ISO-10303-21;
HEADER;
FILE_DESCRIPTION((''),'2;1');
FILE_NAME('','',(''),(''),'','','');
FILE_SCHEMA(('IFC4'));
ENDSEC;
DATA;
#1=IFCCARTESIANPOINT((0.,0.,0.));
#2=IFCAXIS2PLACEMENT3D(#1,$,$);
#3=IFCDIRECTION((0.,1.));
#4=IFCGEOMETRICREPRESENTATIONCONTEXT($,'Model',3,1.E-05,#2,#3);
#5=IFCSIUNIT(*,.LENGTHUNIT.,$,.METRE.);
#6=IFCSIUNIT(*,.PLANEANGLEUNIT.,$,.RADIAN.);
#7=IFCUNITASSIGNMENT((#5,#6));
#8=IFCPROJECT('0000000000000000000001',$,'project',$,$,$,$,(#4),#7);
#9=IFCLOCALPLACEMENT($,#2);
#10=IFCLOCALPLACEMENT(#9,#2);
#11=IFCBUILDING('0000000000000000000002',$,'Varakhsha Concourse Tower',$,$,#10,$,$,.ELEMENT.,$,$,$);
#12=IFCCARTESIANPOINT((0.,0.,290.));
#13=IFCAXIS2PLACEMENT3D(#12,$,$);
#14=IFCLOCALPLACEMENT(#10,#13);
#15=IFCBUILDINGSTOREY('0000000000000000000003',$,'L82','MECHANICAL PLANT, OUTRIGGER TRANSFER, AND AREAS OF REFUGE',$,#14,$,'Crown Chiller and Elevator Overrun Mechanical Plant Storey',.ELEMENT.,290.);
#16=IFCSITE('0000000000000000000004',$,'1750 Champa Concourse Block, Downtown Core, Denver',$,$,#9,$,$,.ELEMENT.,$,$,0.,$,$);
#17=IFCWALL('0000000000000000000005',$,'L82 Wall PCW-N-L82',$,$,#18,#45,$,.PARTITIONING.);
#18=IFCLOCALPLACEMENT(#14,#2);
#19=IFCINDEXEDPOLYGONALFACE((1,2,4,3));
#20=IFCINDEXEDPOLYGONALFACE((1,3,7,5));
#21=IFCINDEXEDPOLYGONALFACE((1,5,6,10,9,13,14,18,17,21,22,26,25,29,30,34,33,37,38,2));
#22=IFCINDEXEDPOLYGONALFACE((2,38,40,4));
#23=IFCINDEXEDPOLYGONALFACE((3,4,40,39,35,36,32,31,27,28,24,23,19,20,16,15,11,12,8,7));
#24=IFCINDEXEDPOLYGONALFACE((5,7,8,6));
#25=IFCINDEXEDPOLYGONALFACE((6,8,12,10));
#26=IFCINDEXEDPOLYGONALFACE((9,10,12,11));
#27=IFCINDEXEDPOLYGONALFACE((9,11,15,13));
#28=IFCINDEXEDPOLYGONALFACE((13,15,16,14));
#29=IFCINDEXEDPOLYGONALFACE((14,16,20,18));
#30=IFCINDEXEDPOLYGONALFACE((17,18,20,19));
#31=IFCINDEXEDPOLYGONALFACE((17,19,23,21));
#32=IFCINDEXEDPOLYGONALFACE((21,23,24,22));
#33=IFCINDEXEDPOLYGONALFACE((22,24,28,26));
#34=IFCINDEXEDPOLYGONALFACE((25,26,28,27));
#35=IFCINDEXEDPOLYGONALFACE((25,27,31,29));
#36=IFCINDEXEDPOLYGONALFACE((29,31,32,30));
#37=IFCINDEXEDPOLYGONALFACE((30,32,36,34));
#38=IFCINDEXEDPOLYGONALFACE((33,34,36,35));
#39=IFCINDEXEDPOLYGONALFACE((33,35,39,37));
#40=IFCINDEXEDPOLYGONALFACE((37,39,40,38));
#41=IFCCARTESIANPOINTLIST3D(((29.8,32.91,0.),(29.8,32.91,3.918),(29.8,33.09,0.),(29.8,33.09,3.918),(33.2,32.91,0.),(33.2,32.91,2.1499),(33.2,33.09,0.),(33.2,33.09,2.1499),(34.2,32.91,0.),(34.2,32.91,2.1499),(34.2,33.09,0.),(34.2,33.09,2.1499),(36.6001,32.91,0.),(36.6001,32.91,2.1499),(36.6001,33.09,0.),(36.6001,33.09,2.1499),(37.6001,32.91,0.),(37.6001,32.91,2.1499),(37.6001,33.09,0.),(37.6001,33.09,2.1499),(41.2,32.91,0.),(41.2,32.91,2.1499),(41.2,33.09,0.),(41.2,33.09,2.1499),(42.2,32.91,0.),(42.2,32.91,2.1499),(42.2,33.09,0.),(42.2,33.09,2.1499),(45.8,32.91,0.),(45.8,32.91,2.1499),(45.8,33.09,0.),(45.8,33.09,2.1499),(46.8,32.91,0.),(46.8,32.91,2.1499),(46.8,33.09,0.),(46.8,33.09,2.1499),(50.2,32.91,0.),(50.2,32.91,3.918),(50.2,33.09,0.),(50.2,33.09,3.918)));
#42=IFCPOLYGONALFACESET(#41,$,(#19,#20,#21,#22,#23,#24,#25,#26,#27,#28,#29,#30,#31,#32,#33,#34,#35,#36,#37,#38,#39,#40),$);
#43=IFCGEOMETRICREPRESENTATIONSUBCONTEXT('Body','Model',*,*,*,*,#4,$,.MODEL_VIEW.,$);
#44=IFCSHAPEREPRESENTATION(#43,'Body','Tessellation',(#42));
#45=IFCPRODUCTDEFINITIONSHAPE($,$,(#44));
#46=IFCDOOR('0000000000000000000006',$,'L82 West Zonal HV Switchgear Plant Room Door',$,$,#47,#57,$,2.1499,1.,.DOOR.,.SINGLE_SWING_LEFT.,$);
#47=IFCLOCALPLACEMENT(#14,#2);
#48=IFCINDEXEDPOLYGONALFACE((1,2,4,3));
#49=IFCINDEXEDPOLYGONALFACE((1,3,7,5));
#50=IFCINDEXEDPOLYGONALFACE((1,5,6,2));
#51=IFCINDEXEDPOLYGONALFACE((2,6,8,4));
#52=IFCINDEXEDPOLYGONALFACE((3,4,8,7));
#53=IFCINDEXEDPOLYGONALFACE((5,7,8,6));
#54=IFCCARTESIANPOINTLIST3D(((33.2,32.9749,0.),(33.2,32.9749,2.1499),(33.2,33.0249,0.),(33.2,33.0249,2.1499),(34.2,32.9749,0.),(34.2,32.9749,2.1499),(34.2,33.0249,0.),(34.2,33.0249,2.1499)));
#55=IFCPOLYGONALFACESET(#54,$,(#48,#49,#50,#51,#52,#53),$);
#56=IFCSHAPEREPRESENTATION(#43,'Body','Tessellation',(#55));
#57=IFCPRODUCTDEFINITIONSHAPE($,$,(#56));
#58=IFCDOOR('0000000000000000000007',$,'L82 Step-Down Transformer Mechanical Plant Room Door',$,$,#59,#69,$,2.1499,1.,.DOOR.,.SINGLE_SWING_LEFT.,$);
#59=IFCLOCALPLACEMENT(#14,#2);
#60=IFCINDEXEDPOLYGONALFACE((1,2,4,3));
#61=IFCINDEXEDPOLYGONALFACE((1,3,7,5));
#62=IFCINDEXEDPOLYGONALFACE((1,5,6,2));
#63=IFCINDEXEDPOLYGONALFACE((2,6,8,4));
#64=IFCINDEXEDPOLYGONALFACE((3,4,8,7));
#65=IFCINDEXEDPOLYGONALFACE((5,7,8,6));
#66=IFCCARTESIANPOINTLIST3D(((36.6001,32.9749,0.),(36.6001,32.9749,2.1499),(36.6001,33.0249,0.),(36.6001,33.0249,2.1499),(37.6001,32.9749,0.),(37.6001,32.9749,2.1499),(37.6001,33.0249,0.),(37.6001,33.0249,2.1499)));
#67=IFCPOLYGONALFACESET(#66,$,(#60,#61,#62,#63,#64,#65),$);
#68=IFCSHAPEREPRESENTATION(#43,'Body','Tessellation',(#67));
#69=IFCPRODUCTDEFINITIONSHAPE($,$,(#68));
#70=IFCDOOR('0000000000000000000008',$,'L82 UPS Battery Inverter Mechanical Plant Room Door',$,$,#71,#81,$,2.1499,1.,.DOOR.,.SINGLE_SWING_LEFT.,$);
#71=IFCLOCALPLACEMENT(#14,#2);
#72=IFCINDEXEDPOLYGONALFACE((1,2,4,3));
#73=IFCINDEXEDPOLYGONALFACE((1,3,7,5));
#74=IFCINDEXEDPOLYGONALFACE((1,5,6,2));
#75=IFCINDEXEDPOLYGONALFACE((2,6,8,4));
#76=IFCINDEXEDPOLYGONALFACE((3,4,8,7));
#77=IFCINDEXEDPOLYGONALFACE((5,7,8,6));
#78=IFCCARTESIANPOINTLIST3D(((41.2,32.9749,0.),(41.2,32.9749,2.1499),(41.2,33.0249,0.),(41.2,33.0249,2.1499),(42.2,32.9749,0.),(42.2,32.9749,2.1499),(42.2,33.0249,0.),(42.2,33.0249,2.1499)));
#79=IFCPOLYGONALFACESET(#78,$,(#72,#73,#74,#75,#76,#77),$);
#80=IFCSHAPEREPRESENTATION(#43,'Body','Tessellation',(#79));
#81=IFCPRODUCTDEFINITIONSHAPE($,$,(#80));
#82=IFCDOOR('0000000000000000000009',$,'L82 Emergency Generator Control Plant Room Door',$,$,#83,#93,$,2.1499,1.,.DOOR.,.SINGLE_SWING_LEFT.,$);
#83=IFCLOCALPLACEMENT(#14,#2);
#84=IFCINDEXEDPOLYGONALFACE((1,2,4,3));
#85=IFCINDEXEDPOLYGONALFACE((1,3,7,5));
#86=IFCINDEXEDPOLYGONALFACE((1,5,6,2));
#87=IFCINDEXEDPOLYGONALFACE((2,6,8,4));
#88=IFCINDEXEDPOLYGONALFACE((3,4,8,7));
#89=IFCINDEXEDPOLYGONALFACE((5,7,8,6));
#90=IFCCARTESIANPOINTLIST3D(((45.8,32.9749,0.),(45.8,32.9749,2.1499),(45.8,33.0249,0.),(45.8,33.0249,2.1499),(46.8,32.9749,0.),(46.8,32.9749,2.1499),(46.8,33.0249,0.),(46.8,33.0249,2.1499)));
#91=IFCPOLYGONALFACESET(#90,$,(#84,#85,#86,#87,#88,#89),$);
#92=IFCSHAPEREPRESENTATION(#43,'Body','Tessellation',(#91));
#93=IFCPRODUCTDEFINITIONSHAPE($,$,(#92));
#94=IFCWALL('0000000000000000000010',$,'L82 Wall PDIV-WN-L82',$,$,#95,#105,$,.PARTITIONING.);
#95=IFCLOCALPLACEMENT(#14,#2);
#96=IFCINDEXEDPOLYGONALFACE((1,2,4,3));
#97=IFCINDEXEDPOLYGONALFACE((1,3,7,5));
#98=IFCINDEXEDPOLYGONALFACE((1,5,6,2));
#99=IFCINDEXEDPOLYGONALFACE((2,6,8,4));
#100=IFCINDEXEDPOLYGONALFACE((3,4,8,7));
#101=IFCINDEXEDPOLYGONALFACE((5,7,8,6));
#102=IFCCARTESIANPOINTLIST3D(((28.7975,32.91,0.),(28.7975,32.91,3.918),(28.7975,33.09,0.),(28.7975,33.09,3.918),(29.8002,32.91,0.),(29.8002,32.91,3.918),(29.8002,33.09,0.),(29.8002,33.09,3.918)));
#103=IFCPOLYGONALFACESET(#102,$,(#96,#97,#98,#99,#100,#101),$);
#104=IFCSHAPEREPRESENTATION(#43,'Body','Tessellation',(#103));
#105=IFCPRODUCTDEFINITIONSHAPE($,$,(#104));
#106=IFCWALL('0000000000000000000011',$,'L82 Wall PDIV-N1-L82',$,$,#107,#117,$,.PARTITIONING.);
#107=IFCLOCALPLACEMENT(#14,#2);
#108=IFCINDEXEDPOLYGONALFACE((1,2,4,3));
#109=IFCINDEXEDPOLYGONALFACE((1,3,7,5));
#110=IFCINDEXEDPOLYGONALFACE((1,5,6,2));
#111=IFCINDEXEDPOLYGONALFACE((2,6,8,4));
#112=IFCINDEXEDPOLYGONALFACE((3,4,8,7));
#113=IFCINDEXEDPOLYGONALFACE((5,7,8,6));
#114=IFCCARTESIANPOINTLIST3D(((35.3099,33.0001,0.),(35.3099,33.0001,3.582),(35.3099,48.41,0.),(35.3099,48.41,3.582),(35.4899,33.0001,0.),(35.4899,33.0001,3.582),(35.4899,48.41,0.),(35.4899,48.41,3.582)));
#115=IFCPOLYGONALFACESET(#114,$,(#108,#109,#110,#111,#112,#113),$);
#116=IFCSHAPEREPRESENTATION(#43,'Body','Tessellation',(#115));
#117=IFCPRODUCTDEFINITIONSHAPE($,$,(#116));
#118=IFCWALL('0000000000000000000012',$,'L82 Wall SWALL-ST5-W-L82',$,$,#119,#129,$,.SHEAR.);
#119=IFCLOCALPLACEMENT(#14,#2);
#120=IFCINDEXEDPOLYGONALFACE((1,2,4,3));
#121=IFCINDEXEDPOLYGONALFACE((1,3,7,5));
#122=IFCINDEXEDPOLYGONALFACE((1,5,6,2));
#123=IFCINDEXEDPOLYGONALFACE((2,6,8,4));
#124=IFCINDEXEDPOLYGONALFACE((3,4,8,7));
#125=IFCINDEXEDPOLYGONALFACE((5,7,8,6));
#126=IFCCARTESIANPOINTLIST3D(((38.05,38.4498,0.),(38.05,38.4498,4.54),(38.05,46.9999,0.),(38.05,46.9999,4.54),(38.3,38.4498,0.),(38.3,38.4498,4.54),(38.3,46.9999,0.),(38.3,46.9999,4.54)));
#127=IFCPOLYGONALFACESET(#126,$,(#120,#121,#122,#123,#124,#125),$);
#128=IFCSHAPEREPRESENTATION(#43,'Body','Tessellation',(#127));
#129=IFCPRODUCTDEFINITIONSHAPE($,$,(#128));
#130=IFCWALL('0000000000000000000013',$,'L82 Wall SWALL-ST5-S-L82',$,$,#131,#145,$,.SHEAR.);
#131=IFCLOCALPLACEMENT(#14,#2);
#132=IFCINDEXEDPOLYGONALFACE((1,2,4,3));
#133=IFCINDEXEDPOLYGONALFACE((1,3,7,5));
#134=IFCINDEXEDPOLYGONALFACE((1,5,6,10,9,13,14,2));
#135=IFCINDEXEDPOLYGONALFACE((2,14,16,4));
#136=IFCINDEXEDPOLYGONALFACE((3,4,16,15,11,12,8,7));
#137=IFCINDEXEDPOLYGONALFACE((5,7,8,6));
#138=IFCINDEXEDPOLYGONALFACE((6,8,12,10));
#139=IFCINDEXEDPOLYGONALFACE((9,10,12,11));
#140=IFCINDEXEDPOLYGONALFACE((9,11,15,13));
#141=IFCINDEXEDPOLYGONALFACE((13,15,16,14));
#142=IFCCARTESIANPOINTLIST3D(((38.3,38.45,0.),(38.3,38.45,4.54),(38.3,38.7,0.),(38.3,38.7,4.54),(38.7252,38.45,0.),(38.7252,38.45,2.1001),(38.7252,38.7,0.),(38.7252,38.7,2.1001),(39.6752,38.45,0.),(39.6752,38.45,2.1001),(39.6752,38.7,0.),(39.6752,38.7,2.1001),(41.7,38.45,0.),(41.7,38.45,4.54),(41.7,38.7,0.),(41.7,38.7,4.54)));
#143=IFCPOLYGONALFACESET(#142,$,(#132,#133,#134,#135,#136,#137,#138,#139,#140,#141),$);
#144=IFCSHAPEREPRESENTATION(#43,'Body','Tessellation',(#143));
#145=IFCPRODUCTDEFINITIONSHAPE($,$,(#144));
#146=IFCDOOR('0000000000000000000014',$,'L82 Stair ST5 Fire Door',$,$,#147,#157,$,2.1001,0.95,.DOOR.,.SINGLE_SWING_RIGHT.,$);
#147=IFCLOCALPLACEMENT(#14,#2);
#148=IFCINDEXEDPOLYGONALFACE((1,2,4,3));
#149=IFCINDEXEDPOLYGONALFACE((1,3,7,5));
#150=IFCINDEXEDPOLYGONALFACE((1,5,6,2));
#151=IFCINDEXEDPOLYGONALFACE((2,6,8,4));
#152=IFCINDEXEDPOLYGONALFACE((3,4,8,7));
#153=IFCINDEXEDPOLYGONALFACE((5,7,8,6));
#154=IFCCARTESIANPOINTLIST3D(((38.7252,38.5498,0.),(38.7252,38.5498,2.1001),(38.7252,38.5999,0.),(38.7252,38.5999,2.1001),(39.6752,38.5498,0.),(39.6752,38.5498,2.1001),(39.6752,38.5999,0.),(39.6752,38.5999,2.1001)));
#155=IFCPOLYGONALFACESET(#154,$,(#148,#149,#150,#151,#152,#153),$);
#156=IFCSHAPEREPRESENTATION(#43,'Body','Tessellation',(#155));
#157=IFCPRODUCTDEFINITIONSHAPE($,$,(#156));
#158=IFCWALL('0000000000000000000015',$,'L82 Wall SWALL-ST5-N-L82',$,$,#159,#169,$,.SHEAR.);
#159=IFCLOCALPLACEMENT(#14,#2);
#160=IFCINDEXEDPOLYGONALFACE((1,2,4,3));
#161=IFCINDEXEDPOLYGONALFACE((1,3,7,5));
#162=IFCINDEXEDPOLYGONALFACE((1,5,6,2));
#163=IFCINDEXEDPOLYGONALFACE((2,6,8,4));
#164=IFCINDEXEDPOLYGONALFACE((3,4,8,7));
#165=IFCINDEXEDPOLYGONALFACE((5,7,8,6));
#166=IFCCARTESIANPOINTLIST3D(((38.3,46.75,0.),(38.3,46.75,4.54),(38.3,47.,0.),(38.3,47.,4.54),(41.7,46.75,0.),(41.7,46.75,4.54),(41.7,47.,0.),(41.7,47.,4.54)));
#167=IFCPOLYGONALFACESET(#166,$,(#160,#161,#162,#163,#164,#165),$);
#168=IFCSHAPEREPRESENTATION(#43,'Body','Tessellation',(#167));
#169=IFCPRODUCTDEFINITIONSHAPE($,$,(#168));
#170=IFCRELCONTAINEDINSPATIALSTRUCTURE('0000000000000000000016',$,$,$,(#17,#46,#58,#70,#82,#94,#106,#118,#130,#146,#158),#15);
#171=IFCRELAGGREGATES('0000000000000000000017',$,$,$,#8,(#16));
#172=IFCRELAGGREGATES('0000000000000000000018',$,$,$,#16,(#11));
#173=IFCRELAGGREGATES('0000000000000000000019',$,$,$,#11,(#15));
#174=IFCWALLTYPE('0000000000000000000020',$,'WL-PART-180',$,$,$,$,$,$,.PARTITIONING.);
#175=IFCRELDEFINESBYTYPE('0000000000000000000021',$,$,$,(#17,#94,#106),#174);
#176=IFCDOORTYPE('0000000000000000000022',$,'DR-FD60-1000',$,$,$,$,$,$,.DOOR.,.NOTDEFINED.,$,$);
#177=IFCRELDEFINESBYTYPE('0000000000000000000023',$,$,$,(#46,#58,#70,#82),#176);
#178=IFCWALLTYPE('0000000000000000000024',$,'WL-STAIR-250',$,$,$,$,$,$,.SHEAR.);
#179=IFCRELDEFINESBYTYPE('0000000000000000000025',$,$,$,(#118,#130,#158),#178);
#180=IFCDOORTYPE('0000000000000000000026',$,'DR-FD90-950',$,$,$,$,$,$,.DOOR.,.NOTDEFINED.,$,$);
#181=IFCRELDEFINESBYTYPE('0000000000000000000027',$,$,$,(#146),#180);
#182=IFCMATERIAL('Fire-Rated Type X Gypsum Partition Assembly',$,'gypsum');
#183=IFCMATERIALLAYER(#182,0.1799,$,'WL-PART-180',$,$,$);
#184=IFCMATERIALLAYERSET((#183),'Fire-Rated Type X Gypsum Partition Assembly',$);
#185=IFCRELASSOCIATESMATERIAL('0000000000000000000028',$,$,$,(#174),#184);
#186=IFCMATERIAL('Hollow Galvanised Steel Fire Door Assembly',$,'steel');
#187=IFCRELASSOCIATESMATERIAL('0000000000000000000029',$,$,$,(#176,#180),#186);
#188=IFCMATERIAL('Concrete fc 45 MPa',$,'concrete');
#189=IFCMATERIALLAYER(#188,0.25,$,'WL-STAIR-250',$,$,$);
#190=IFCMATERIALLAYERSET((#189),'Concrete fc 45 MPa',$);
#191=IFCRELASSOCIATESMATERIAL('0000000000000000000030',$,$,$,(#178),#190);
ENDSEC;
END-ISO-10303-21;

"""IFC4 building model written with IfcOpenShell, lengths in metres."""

from ifc_helpers import new_model, si_unit, direction, frame, frame_2d, origin, place, context, subcontext, project, spatial, rectangle, extrude, material, layer, layer_set, type_object, element, fill, save


model = new_model("IFC4")

# Units and contexts
model_context = context("Model", 3, precision=1e-05, world=origin(), true_north=direction((0.0, 1.0)))
body_context = subcontext(model_context, "Body", "Model", "MODEL_VIEW")
ifc_project = project(units=[si_unit("LENGTHUNIT", "METRE"), si_unit("PLANEANGLEUNIT", "RADIAN")], contexts=[model_context])

# Site, building, storey
site_placement = place(None, origin())
site = spatial("IfcSite", under=ifc_project, at=site_placement, Name="1750 Champa Concourse Block, Downtown Core, Denver", CompositionType="ELEMENT", RefElevation=0.0)
building_placement = place(site_placement, origin())
building = spatial("IfcBuilding", under=site, at=building_placement, Name="Varakhsha Concourse Tower", CompositionType="ELEMENT")
storey_placement = place(building_placement, frame((0.0, 0.0, 290.0)))
storey = spatial("IfcBuildingStorey", under=building, at=storey_placement, Name="L82", Description="MECHANICAL PLANT, OUTRIGGER TRANSFER, AND AREAS OF REFUGE", LongName="Crown Chiller and Elevator Overrun Mechanical Plant Storey", CompositionType="ELEMENT", Elevation=290.0)

# Wall, openings, doors
ifc_material_1 = material(Name="Fire-Rated Type X Gypsum Partition Assembly", Category="gypsum")
ifc_layer_1 = layer(ifc_material_1, 0.1799, Name="WL-PART-180")
ifc_layer_set_1 = layer_set([ifc_layer_1], Name="Fire-Rated Type X Gypsum Partition Assembly")
wall_type_1 = type_object("IfcWallType", Name="WL-PART-180", PredefinedType="PARTITIONING", material=ifc_layer_set_1)
wall_1_placement = place(storey_placement, frame((29.8, 33.0, 0.0), z_axis=(0.0, 0.0, 1.0), x_axis=(1.0, 0.0, 0.0)))
wall_1 = element("IfcWall", 1, at=wall_1_placement, inside=storey, type_object=wall_type_1, Name="L82 Wall PCW-N-L82", PredefinedType="PARTITIONING", context=body_context, shape_type="SweptSolid", body=[
    extrude(rectangle(XDim=20.3999, YDim=0.1799, at=frame_2d((10.2, 0.0))), origin(), (0.0, 0.0, 1.0), 3.918),
])
opening_1_placement = place(wall_1_placement, frame((3.3999, 0.0, 0.0)))
opening_1 = element("IfcOpeningElement", 2, at=opening_1_placement, cuts=wall_1, PredefinedType="OPENING", context=body_context, shape_type="SweptSolid", body=[
    extrude(rectangle(XDim=1.0, YDim=2.1499, at=frame_2d((0.5, 1.075))), frame((0.0, 0.0999, 0.0), z_axis=(0.0, -1.0, 0.0), x_axis=(1.0, 0.0, 0.0)), (0.0, 0.0, 1.0), 0.2),
])
opening_2_placement = place(wall_1_placement, frame((6.8, 0.0, 0.0)))
opening_2 = element("IfcOpeningElement", 3, at=opening_2_placement, cuts=wall_1, PredefinedType="OPENING", context=body_context, shape_type="SweptSolid", body=[
    extrude(rectangle(XDim=1.0, YDim=2.1499, at=frame_2d((0.5, 1.075))), frame((0.0, 0.0999, 0.0), z_axis=(0.0, -1.0, 0.0), x_axis=(1.0, 0.0, 0.0)), (0.0, 0.0, 1.0), 0.2),
])
opening_3_placement = place(wall_1_placement, frame((11.3999, 0.0, 0.0)))
opening_3 = element("IfcOpeningElement", 4, at=opening_3_placement, cuts=wall_1, PredefinedType="OPENING", context=body_context, shape_type="SweptSolid", body=[
    extrude(rectangle(XDim=1.0, YDim=2.1499, at=frame_2d((0.5, 1.075))), frame((0.0, 0.0999, 0.0), z_axis=(0.0, -1.0, 0.0), x_axis=(1.0, 0.0, 0.0)), (0.0, 0.0, 1.0), 0.2),
])
opening_4_placement = place(wall_1_placement, frame((16.0, 0.0, 0.0)))
opening_4 = element("IfcOpeningElement", 5, at=opening_4_placement, cuts=wall_1, PredefinedType="OPENING", context=body_context, shape_type="SweptSolid", body=[
    extrude(rectangle(XDim=1.0, YDim=2.1499, at=frame_2d((0.5, 1.075))), frame((0.0, 0.0999, 0.0), z_axis=(0.0, -1.0, 0.0), x_axis=(1.0, 0.0, 0.0)), (0.0, 0.0, 1.0), 0.2),
])
ifc_material_2 = material(Name="Hollow Galvanised Steel Fire Door Assembly", Category="steel")
door_type_1 = type_object("IfcDoorType", Name="DR-FD60-1000", OperationType="NOTDEFINED", PredefinedType="DOOR", material=ifc_material_2)
door_1_placement = place(opening_1_placement, origin())
door_1 = element("IfcDoor", 6, at=door_1_placement, inside=storey, type_object=door_type_1, Name="L82 West Zonal HV Switchgear Plant Room Door", OperationType="SINGLE_SWING_LEFT", OverallHeight=2.1499, OverallWidth=1.0, PredefinedType="DOOR", context=body_context, shape_type="SweptSolid", body=[
    extrude(rectangle(XDim=1.0, YDim=2.1499, at=frame_2d((0.5, 1.075))), frame((0.0, 0.0249, 0.0), z_axis=(0.0, -1.0, 0.0), x_axis=(1.0, 0.0, 0.0)), (0.0, 0.0, 1.0), 0.05),
])
fill(opening_1, door_1)
door_2_placement = place(opening_2_placement, origin())
door_2 = element("IfcDoor", 7, at=door_2_placement, inside=storey, type_object=door_type_1, Name="L82 Step-Down Transformer Mechanical Plant Room Door", OperationType="SINGLE_SWING_LEFT", OverallHeight=2.1499, OverallWidth=1.0, PredefinedType="DOOR", context=body_context, shape_type="SweptSolid", body=[
    extrude(rectangle(XDim=1.0, YDim=2.1499, at=frame_2d((0.5, 1.075))), frame((0.0, 0.0249, 0.0), z_axis=(0.0, -1.0, 0.0), x_axis=(1.0, 0.0, 0.0)), (0.0, 0.0, 1.0), 0.05),
])
fill(opening_2, door_2)
door_3_placement = place(opening_3_placement, origin())
door_3 = element("IfcDoor", 8, at=door_3_placement, inside=storey, type_object=door_type_1, Name="L82 UPS Battery Inverter Mechanical Plant Room Door", OperationType="SINGLE_SWING_LEFT", OverallHeight=2.1499, OverallWidth=1.0, PredefinedType="DOOR", context=body_context, shape_type="SweptSolid", body=[
    extrude(rectangle(XDim=1.0, YDim=2.1499, at=frame_2d((0.5, 1.075))), frame((0.0, 0.0249, 0.0), z_axis=(0.0, -1.0, 0.0), x_axis=(1.0, 0.0, 0.0)), (0.0, 0.0, 1.0), 0.05),
])
fill(opening_3, door_3)
door_4_placement = place(opening_4_placement, origin())
door_4 = element("IfcDoor", 9, at=door_4_placement, inside=storey, type_object=door_type_1, Name="L82 Emergency Generator Control Plant Room Door", OperationType="SINGLE_SWING_LEFT", OverallHeight=2.1499, OverallWidth=1.0, PredefinedType="DOOR", context=body_context, shape_type="SweptSolid", body=[
    extrude(rectangle(XDim=1.0, YDim=2.1499, at=frame_2d((0.5, 1.075))), frame((0.0, 0.0249, 0.0), z_axis=(0.0, -1.0, 0.0), x_axis=(1.0, 0.0, 0.0)), (0.0, 0.0, 1.0), 0.05),
])
fill(opening_4, door_4)

# Walls
wall_2_placement = place(storey_placement, frame((28.7974, 33.0, 0.0), z_axis=(0.0, 0.0, 1.0), x_axis=(1.0, 0.0, 0.0)))
element("IfcWall", 10, at=wall_2_placement, inside=storey, type_object=wall_type_1, Name="L82 Wall PDIV-WN-L82", PredefinedType="PARTITIONING", context=body_context, shape_type="SweptSolid", body=[
    extrude(rectangle(XDim=1.0027, YDim=0.1799, at=frame_2d((0.5015, 0.0))), origin(), (0.0, 0.0, 1.0), 3.918),
])
wall_3_placement = place(storey_placement, frame((35.3999, 33.0, 0.0), z_axis=(0.0, 0.0, 1.0), x_axis=(0.0, 1.0, 0.0)))
element("IfcWall", 11, at=wall_3_placement, inside=storey, type_object=wall_type_1, Name="L82 Wall PDIV-N1-L82", PredefinedType="PARTITIONING", context=body_context, shape_type="SweptSolid", body=[
    extrude(rectangle(XDim=15.4099, YDim=0.1799, at=frame_2d((7.7051, 0.0))), origin(), (0.0, 0.0, 1.0), 3.582),
])
ifc_material_3 = material(Name="Concrete fc 45 MPa", Category="concrete")
ifc_layer_2 = layer(ifc_material_3, 0.25, Name="WL-STAIR-250")
ifc_layer_set_2 = layer_set([ifc_layer_2], Name="Concrete fc 45 MPa")
wall_type_2 = type_object("IfcWallType", Name="WL-STAIR-250", PredefinedType="SHEAR", material=ifc_layer_set_2)
wall_4_placement = place(storey_placement, frame((38.175, 38.45, 0.0), z_axis=(0.0, 0.0, 1.0), x_axis=(0.0, 1.0, 0.0)))
element("IfcWall", 12, at=wall_4_placement, inside=storey, type_object=wall_type_2, Name="L82 Wall SWALL-ST5-W-L82", PredefinedType="SHEAR", context=body_context, shape_type="SweptSolid", body=[
    extrude(rectangle(XDim=8.55, YDim=0.25, at=frame_2d((4.2749, 0.0))), origin(), (0.0, 0.0, 1.0), 4.54),
])

# Wall, opening, door
wall_5_placement = place(storey_placement, frame((38.3, 38.575, 0.0), z_axis=(0.0, 0.0, 1.0), x_axis=(1.0, 0.0, 0.0)))
wall_5 = element("IfcWall", 13, at=wall_5_placement, inside=storey, type_object=wall_type_2, Name="L82 Wall SWALL-ST5-S-L82", PredefinedType="SHEAR", context=body_context, shape_type="SweptSolid", body=[
    extrude(rectangle(XDim=3.3999, YDim=0.25, at=frame_2d((1.7, 0.0))), origin(), (0.0, 0.0, 1.0), 4.54),
])
opening_5_placement = place(wall_5_placement, frame((0.425, 0.0, 0.0)))
opening_5 = element("IfcOpeningElement", 14, at=opening_5_placement, cuts=wall_5, PredefinedType="OPENING", context=body_context, shape_type="SweptSolid", body=[
    extrude(rectangle(XDim=0.95, YDim=2.1001, at=frame_2d((0.4751, 1.05))), frame((0.0, 0.135, 0.0), z_axis=(0.0, -1.0, 0.0), x_axis=(1.0, 0.0, 0.0)), (0.0, 0.0, 1.0), 0.27),
])
door_type_2 = type_object("IfcDoorType", Name="DR-FD90-950", OperationType="NOTDEFINED", PredefinedType="DOOR", material=ifc_material_2)
door_5_placement = place(opening_5_placement, origin())
door_5 = element("IfcDoor", 15, at=door_5_placement, inside=storey, type_object=door_type_2, Name="L82 Stair ST5 Fire Door", OperationType="SINGLE_SWING_RIGHT", OverallHeight=2.1001, OverallWidth=0.95, PredefinedType="DOOR", context=body_context, shape_type="SweptSolid", body=[
    extrude(rectangle(XDim=0.95, YDim=2.1001, at=frame_2d((0.4751, 1.05))), frame((0.0, 0.0249, 0.0), z_axis=(0.0, -1.0, 0.0), x_axis=(1.0, 0.0, 0.0)), (0.0, 0.0, 1.0), 0.05),
])
fill(opening_5, door_5)

# Wall
wall_6_placement = place(storey_placement, frame((38.3, 46.875, 0.0), z_axis=(0.0, 0.0, 1.0), x_axis=(1.0, 0.0, 0.0)))
element("IfcWall", 16, at=wall_6_placement, inside=storey, type_object=wall_type_2, Name="L82 Wall SWALL-ST5-N-L82", PredefinedType="SHEAR", context=body_context, shape_type="SweptSolid", body=[
    extrude(rectangle(XDim=3.3999, YDim=0.25, at=frame_2d((1.7, 0.0))), origin(), (0.0, 0.0, 1.0), 4.54),
])

save(model, "model.ifc")
